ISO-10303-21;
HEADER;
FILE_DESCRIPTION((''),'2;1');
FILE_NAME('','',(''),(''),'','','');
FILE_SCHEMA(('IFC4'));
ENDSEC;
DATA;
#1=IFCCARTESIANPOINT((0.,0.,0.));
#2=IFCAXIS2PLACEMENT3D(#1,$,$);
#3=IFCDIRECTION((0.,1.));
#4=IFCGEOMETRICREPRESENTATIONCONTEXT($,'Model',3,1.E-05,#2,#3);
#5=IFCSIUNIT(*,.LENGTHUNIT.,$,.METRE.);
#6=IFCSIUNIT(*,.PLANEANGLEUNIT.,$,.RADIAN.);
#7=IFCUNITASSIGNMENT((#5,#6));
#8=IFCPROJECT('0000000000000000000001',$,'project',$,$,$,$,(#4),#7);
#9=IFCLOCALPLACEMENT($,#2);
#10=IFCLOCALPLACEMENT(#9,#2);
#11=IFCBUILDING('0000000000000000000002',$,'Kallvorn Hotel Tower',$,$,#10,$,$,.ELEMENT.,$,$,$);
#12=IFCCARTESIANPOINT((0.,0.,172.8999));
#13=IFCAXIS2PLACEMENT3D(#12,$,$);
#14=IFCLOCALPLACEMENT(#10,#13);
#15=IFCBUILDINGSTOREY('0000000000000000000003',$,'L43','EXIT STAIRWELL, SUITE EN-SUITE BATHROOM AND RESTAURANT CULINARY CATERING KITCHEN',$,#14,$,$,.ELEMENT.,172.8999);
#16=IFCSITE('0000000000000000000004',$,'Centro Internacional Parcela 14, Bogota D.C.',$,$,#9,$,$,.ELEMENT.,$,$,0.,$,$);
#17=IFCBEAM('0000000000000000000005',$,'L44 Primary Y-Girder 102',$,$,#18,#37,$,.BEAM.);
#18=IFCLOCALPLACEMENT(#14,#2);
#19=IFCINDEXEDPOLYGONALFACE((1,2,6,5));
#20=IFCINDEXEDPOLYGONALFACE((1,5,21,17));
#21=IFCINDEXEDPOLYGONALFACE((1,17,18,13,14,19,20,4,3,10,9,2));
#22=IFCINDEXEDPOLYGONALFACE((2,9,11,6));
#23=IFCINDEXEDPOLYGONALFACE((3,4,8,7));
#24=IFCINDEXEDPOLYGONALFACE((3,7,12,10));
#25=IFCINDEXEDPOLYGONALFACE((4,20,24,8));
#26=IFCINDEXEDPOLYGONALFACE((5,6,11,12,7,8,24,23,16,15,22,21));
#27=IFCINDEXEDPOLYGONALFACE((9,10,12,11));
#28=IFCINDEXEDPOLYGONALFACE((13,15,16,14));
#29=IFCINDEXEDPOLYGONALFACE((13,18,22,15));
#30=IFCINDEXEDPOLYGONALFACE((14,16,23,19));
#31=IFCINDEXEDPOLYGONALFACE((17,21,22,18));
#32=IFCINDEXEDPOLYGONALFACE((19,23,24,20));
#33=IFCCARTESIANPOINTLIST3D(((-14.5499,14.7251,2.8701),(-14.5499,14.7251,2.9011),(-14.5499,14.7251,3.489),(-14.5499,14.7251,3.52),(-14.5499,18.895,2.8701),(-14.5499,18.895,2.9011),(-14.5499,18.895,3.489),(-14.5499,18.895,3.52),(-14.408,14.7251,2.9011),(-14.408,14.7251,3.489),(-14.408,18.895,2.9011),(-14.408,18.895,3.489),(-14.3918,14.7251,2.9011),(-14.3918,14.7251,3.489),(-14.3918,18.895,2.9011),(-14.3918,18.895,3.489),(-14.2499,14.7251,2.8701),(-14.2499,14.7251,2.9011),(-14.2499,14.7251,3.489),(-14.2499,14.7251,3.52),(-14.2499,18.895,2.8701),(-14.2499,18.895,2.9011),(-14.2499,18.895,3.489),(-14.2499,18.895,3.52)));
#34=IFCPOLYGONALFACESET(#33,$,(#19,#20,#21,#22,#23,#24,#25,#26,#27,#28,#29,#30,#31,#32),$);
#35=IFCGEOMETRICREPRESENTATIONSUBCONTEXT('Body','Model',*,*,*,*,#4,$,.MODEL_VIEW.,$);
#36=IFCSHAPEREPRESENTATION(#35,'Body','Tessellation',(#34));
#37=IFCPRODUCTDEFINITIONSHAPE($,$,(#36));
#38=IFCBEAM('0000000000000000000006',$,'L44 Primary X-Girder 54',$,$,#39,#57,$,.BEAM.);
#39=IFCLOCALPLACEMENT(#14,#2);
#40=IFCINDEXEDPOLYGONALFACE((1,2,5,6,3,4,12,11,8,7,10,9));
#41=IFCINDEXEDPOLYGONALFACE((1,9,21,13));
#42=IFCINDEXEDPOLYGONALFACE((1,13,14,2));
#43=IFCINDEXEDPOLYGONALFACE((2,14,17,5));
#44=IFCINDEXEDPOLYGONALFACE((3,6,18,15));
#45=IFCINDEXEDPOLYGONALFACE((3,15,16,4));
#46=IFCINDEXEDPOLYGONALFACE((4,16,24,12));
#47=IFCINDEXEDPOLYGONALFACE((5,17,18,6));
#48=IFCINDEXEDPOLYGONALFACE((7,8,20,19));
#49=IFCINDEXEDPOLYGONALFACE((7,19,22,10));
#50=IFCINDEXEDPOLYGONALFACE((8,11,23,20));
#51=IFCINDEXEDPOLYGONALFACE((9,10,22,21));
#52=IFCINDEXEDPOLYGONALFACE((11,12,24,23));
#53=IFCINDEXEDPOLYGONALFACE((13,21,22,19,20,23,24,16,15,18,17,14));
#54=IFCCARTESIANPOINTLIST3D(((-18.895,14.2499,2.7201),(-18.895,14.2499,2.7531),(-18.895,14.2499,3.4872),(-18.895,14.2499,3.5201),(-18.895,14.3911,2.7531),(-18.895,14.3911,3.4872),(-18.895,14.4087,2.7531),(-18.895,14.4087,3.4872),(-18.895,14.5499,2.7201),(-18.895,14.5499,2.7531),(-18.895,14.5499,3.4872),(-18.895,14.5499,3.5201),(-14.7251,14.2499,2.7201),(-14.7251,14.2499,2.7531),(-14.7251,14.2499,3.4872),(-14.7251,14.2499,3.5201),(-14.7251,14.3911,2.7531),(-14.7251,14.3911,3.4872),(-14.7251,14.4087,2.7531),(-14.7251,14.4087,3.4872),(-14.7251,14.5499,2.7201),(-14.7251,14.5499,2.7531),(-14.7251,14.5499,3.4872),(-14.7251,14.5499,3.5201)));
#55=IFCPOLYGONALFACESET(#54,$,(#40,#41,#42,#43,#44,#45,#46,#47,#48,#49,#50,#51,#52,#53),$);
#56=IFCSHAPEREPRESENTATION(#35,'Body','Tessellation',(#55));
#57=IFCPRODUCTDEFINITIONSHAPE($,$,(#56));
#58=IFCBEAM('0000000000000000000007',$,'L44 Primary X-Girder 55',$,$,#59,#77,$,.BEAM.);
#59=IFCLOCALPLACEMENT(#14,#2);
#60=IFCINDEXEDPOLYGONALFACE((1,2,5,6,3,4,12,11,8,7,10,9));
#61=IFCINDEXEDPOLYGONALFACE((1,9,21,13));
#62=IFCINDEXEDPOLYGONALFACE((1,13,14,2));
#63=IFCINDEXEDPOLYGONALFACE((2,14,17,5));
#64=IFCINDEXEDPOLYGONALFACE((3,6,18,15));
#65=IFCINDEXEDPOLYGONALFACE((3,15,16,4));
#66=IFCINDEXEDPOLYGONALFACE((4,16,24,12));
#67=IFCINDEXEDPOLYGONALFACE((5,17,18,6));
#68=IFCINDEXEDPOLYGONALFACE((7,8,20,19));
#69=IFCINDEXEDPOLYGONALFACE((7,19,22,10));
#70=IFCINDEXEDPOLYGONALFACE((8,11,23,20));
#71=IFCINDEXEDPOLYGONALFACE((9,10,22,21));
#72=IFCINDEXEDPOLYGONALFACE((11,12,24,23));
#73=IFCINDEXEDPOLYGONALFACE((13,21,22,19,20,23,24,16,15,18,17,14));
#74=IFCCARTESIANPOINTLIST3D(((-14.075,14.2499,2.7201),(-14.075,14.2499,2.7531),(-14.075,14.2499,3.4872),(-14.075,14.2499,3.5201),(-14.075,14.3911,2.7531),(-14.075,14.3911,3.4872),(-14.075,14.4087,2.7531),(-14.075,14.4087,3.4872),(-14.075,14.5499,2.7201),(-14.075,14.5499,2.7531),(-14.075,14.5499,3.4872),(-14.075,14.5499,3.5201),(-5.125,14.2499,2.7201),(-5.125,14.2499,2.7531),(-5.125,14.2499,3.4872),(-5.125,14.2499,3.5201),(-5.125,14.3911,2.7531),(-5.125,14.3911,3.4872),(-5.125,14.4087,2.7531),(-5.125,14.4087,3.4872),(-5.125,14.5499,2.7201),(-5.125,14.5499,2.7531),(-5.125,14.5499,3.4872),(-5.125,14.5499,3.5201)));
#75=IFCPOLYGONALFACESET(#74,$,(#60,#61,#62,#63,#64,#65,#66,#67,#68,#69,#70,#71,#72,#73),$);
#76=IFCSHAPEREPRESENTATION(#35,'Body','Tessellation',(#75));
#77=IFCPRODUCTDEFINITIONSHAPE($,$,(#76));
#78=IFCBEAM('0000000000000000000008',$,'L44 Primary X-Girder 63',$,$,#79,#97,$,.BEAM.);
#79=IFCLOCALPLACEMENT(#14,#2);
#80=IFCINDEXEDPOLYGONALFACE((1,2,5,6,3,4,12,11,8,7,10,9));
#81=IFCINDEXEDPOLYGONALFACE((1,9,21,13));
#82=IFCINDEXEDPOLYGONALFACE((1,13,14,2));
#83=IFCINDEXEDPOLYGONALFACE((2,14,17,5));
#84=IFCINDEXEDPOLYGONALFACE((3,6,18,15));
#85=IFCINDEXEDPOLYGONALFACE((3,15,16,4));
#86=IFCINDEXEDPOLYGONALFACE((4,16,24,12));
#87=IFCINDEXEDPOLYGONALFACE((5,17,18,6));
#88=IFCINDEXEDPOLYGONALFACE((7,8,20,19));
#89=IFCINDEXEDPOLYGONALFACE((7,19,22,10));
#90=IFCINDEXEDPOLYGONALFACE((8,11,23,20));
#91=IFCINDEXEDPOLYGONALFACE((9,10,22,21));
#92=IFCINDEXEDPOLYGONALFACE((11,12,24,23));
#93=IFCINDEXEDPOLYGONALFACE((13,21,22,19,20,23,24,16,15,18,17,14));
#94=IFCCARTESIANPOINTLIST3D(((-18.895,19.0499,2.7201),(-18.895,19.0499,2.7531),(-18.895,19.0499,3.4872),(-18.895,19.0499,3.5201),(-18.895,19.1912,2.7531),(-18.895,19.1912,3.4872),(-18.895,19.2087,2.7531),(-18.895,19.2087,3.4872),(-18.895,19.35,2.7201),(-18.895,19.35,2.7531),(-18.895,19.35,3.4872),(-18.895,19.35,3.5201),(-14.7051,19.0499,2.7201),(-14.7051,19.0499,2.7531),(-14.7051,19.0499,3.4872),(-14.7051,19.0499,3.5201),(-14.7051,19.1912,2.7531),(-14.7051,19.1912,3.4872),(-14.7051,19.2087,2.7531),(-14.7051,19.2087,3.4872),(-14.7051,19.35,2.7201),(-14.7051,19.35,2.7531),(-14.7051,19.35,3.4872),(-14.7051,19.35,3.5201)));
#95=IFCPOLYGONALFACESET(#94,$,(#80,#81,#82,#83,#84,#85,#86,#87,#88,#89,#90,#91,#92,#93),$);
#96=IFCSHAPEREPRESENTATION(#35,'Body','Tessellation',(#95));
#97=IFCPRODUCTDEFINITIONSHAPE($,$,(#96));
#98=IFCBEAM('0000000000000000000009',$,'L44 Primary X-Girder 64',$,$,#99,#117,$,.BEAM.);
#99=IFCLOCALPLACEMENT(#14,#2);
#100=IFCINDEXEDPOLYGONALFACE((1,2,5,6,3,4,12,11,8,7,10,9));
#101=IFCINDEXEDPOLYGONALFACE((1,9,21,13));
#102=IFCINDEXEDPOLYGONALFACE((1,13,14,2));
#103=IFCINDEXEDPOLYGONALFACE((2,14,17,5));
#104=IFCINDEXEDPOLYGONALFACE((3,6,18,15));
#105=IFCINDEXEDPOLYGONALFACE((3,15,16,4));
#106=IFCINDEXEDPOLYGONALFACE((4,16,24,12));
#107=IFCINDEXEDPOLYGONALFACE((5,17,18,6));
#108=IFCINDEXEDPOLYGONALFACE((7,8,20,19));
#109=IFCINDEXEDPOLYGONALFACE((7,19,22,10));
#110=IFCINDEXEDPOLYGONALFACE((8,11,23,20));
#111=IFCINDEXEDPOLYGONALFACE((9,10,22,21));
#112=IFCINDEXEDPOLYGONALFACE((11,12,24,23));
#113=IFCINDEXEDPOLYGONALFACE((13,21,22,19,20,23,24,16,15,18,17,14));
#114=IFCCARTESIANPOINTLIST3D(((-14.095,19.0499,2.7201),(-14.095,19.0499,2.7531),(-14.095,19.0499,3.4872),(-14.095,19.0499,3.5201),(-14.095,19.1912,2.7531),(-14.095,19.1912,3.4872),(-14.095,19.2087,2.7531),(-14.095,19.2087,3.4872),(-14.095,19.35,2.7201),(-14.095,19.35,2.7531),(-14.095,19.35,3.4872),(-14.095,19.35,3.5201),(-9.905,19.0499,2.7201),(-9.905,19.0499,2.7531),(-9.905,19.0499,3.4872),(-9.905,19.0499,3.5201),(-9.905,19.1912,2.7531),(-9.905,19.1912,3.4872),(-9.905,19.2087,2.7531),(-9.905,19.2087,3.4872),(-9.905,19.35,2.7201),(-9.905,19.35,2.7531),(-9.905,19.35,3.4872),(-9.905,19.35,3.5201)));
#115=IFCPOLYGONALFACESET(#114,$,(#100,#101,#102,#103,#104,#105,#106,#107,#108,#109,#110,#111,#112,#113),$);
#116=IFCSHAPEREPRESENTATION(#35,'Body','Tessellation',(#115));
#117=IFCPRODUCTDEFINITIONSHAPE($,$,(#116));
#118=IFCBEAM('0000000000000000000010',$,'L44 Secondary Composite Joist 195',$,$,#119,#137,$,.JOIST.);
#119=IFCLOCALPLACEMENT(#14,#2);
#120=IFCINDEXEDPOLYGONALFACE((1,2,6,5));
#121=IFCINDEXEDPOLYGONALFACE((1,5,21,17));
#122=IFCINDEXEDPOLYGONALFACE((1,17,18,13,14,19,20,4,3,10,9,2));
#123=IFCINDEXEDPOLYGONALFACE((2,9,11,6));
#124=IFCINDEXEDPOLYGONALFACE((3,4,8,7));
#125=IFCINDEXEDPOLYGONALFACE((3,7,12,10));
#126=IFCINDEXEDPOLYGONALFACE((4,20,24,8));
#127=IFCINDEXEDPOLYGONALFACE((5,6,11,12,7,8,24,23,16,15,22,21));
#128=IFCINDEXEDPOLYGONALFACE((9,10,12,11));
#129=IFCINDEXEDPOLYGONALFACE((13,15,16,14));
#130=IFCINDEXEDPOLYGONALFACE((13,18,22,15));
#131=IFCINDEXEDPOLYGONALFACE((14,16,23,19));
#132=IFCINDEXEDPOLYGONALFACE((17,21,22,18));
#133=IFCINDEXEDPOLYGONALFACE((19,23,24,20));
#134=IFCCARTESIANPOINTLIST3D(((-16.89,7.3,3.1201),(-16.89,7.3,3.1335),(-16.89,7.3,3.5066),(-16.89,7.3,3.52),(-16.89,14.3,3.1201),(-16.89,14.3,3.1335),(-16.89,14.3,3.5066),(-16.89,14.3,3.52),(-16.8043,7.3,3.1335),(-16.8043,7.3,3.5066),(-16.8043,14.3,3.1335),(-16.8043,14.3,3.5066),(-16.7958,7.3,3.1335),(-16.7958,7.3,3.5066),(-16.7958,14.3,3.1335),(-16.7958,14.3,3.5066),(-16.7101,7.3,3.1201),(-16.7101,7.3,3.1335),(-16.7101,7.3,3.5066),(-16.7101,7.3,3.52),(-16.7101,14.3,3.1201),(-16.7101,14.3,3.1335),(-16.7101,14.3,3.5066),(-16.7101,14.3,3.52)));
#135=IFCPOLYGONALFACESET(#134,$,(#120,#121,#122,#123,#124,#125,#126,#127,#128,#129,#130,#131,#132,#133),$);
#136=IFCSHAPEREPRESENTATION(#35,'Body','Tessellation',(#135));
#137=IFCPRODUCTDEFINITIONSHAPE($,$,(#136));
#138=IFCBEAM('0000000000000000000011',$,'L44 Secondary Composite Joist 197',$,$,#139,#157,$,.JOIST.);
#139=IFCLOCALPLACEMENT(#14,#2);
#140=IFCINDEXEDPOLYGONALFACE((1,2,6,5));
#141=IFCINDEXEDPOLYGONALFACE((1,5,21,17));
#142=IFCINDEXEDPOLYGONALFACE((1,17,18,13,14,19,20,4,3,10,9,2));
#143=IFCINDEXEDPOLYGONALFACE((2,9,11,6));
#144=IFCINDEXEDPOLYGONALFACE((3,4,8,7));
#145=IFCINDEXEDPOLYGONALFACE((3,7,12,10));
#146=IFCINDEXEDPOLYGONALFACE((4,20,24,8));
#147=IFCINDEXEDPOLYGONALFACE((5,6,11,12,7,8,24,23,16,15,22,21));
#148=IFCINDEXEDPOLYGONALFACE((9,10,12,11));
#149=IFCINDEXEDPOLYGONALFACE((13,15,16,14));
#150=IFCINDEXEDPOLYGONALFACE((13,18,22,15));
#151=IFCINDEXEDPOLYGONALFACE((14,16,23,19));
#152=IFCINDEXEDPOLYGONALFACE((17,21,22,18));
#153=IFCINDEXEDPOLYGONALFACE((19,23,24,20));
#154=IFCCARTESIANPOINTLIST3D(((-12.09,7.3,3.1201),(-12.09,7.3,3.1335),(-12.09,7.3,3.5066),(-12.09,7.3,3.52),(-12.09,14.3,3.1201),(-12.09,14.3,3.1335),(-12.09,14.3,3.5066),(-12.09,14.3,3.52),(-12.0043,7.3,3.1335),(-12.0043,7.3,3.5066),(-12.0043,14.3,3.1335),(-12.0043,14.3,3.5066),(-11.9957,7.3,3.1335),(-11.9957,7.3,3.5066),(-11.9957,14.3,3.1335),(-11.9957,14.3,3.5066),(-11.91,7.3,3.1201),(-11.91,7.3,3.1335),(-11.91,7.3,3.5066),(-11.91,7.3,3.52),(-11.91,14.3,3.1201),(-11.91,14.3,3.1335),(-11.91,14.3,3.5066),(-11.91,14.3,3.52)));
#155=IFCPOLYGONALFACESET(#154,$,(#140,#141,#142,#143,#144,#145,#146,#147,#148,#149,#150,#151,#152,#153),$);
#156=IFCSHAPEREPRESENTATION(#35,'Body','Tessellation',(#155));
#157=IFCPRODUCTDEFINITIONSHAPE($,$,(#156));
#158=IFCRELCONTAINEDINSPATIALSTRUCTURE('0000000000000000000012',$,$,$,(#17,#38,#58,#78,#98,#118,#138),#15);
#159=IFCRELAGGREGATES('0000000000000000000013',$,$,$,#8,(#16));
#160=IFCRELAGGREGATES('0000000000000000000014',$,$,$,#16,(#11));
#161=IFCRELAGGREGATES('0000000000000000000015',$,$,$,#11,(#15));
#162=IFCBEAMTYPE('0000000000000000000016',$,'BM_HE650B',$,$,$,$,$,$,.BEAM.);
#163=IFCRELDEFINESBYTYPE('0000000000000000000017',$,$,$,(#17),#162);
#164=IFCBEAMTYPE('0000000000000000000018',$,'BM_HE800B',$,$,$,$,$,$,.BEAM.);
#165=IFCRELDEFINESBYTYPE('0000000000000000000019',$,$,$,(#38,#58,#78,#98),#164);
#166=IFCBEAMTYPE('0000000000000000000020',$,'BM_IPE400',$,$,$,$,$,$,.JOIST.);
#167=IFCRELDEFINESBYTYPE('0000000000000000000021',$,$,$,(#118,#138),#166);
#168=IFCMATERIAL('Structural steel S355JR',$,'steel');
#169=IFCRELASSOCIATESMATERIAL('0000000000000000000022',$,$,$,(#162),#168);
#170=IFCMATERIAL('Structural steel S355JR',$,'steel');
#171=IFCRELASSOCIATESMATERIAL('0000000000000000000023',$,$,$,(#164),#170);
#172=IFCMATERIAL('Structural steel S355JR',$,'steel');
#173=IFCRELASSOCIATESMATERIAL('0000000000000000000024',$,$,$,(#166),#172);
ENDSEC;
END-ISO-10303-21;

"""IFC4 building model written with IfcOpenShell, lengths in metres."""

from ifc_helpers import new_model, si_unit, direction, frame, origin, origin_2d, place, context, subcontext, project, spatial, i_section, extrude, material, material_profile, profile_set, type_object, element, save


model = new_model("IFC4")

# Units and contexts
model_context = context("Model", 3, precision=1e-05, world=origin(), true_north=direction((0.0, 1.0)))
body_context = subcontext(model_context, "Body", "Model", "MODEL_VIEW")
ifc_project = project(units=[si_unit("LENGTHUNIT", "METRE"), si_unit("PLANEANGLEUNIT", "RADIAN")], contexts=[model_context])

# Site, building, storey
site_placement = place(None, origin())
site = spatial("IfcSite", under=ifc_project, at=site_placement, Name="Centro Internacional Parcela 14, Bogota D.C.", CompositionType="ELEMENT", RefElevation=0.0)
building_placement = place(site_placement, origin())
building = spatial("IfcBuilding", under=site, at=building_placement, Name="Kallvorn Hotel Tower", CompositionType="ELEMENT")
storey_placement = place(building_placement, frame((0.0, 0.0, 172.8999)))
storey = spatial("IfcBuildingStorey", under=building, at=storey_placement, Name="L43", Description="EXIT STAIRWELL, SUITE EN-SUITE BATHROOM AND RESTAURANT CULINARY CATERING KITCHEN", CompositionType="ELEMENT", Elevation=172.8999)

# Beams
ifc_material_1 = material(Name="Structural steel S355JR", Category="steel")
ifc_material_profile_1 = material_profile(ifc_material_1, i_section(OverallWidth=0.3, OverallDepth=0.6499, WebThickness=0.0161, FlangeThickness=0.031, at=origin_2d()), Name="HE 650 B")
ifc_profile_set_1 = profile_set([ifc_material_profile_1], Name="Structural steel S355JR")
beam_type_1 = type_object("IfcBeamType", Name="BM_HE650B", PredefinedType="BEAM", material=ifc_profile_set_1)
beam_1_placement = place(storey_placement, frame((-14.3999, 14.7251, 3.1951), z_axis=(0.0, 1.0, 0.0), x_axis=(-1.0, 0.0, 0.0)))
element("IfcBeam", 1, at=beam_1_placement, inside=storey, type_object=beam_type_1, Name="L44 Primary Y-Girder 102", PredefinedType="BEAM", context=body_context, shape_type="SweptSolid", body=[
    extrude(i_section(OverallWidth=0.3, OverallDepth=0.6499, WebThickness=0.0161, FlangeThickness=0.031, at=origin_2d()), origin(), (0.0, 0.0, 1.0), 4.1699),
])
ifc_material_2 = material(Name="Structural steel S355JR", Category="steel")
ifc_material_profile_2 = material_profile(ifc_material_2, i_section(OverallWidth=0.3, OverallDepth=0.8, WebThickness=0.0176, FlangeThickness=0.033, at=origin_2d()), Name="HE 800 B")
ifc_profile_set_2 = profile_set([ifc_material_profile_2], Name="Structural steel S355JR")
beam_type_2 = type_object("IfcBeamType", Name="BM_HE800B", PredefinedType="BEAM", material=ifc_profile_set_2)
beam_2_placement = place(storey_placement, frame((-18.895, 14.3999, 3.1201), z_axis=(1.0, 0.0, 0.0), x_axis=(0.0, 1.0, 0.0)))
element("IfcBeam", 2, at=beam_2_placement, inside=storey, type_object=beam_type_2, Name="L44 Primary X-Girder 54", PredefinedType="BEAM", context=body_context, shape_type="SweptSolid", body=[
    extrude(i_section(OverallWidth=0.3, OverallDepth=0.8, WebThickness=0.0176, FlangeThickness=0.033, at=origin_2d()), origin(), (0.0, 0.0, 1.0), 4.1699),
])
beam_3_placement = place(storey_placement, frame((-14.075, 14.3999, 3.1201), z_axis=(1.0, 0.0, 0.0), x_axis=(0.0, 1.0, 0.0)))
element("IfcBeam", 3, at=beam_3_placement, inside=storey, type_object=beam_type_2, Name="L44 Primary X-Girder 55", PredefinedType="BEAM", context=body_context, shape_type="SweptSolid", body=[
    extrude(i_section(OverallWidth=0.3, OverallDepth=0.8, WebThickness=0.0176, FlangeThickness=0.033, at=origin_2d()), origin(), (0.0, 0.0, 1.0), 8.95),
])
for number, where, z_axis, x_axis, name in (
    (4, (-18.895, 19.2, 3.1201), (1.0, 0.0, 0.0), (0.0, 1.0, 0.0), "L44 Primary X-Girder 63"),
    (5, (-14.095, 19.2, 3.1201), (1.0, 0.0, 0.0), (0.0, 1.0, 0.0), "L44 Primary X-Girder 64"),
):
    element("IfcBeam", number, at=place(storey_placement, frame(where, z_axis=z_axis, x_axis=x_axis)), inside=storey, type_object=beam_type_2, Name=name, PredefinedType="BEAM", context=body_context, shape_type="SweptSolid", body=[
        extrude(i_section(OverallWidth=0.3, OverallDepth=0.8, WebThickness=0.0176, FlangeThickness=0.033, at=origin_2d()), origin(), (0.0, 0.0, 1.0), 4.1899),
    ])
ifc_material_3 = material(Name="Structural steel S355JR", Category="steel")
ifc_material_profile_3 = material_profile(ifc_material_3, i_section(OverallWidth=0.1799, OverallDepth=0.3999, WebThickness=0.0085, FlangeThickness=0.0134, at=origin_2d()), Name="IPE 400")
ifc_profile_set_3 = profile_set([ifc_material_profile_3], Name="Structural steel S355JR")
beam_type_3 = type_object("IfcBeamType", Name="BM_IPE400", PredefinedType="JOIST", material=ifc_profile_set_3)
for number, where, z_axis, x_axis, name in (
    (6, (-16.8, 7.3, 3.3201), (0.0, 1.0, 0.0), (-1.0, 0.0, 0.0), "L44 Secondary Composite Joist 195"),
    (7, (-12.0, 7.3, 3.3201), (0.0, 1.0, 0.0), (-1.0, 0.0, 0.0), "L44 Secondary Composite Joist 197"),
):
    element("IfcBeam", number, at=place(storey_placement, frame(where, z_axis=z_axis, x_axis=x_axis)), inside=storey, type_object=beam_type_3, Name=name, PredefinedType="JOIST", context=body_context, shape_type="SweptSolid", body=[
        extrude(i_section(OverallWidth=0.1799, OverallDepth=0.3999, WebThickness=0.0085, FlangeThickness=0.0134, at=origin_2d()), origin(), (0.0, 0.0, 1.0), 7.0),
    ])

save(model, "model.ifc")
